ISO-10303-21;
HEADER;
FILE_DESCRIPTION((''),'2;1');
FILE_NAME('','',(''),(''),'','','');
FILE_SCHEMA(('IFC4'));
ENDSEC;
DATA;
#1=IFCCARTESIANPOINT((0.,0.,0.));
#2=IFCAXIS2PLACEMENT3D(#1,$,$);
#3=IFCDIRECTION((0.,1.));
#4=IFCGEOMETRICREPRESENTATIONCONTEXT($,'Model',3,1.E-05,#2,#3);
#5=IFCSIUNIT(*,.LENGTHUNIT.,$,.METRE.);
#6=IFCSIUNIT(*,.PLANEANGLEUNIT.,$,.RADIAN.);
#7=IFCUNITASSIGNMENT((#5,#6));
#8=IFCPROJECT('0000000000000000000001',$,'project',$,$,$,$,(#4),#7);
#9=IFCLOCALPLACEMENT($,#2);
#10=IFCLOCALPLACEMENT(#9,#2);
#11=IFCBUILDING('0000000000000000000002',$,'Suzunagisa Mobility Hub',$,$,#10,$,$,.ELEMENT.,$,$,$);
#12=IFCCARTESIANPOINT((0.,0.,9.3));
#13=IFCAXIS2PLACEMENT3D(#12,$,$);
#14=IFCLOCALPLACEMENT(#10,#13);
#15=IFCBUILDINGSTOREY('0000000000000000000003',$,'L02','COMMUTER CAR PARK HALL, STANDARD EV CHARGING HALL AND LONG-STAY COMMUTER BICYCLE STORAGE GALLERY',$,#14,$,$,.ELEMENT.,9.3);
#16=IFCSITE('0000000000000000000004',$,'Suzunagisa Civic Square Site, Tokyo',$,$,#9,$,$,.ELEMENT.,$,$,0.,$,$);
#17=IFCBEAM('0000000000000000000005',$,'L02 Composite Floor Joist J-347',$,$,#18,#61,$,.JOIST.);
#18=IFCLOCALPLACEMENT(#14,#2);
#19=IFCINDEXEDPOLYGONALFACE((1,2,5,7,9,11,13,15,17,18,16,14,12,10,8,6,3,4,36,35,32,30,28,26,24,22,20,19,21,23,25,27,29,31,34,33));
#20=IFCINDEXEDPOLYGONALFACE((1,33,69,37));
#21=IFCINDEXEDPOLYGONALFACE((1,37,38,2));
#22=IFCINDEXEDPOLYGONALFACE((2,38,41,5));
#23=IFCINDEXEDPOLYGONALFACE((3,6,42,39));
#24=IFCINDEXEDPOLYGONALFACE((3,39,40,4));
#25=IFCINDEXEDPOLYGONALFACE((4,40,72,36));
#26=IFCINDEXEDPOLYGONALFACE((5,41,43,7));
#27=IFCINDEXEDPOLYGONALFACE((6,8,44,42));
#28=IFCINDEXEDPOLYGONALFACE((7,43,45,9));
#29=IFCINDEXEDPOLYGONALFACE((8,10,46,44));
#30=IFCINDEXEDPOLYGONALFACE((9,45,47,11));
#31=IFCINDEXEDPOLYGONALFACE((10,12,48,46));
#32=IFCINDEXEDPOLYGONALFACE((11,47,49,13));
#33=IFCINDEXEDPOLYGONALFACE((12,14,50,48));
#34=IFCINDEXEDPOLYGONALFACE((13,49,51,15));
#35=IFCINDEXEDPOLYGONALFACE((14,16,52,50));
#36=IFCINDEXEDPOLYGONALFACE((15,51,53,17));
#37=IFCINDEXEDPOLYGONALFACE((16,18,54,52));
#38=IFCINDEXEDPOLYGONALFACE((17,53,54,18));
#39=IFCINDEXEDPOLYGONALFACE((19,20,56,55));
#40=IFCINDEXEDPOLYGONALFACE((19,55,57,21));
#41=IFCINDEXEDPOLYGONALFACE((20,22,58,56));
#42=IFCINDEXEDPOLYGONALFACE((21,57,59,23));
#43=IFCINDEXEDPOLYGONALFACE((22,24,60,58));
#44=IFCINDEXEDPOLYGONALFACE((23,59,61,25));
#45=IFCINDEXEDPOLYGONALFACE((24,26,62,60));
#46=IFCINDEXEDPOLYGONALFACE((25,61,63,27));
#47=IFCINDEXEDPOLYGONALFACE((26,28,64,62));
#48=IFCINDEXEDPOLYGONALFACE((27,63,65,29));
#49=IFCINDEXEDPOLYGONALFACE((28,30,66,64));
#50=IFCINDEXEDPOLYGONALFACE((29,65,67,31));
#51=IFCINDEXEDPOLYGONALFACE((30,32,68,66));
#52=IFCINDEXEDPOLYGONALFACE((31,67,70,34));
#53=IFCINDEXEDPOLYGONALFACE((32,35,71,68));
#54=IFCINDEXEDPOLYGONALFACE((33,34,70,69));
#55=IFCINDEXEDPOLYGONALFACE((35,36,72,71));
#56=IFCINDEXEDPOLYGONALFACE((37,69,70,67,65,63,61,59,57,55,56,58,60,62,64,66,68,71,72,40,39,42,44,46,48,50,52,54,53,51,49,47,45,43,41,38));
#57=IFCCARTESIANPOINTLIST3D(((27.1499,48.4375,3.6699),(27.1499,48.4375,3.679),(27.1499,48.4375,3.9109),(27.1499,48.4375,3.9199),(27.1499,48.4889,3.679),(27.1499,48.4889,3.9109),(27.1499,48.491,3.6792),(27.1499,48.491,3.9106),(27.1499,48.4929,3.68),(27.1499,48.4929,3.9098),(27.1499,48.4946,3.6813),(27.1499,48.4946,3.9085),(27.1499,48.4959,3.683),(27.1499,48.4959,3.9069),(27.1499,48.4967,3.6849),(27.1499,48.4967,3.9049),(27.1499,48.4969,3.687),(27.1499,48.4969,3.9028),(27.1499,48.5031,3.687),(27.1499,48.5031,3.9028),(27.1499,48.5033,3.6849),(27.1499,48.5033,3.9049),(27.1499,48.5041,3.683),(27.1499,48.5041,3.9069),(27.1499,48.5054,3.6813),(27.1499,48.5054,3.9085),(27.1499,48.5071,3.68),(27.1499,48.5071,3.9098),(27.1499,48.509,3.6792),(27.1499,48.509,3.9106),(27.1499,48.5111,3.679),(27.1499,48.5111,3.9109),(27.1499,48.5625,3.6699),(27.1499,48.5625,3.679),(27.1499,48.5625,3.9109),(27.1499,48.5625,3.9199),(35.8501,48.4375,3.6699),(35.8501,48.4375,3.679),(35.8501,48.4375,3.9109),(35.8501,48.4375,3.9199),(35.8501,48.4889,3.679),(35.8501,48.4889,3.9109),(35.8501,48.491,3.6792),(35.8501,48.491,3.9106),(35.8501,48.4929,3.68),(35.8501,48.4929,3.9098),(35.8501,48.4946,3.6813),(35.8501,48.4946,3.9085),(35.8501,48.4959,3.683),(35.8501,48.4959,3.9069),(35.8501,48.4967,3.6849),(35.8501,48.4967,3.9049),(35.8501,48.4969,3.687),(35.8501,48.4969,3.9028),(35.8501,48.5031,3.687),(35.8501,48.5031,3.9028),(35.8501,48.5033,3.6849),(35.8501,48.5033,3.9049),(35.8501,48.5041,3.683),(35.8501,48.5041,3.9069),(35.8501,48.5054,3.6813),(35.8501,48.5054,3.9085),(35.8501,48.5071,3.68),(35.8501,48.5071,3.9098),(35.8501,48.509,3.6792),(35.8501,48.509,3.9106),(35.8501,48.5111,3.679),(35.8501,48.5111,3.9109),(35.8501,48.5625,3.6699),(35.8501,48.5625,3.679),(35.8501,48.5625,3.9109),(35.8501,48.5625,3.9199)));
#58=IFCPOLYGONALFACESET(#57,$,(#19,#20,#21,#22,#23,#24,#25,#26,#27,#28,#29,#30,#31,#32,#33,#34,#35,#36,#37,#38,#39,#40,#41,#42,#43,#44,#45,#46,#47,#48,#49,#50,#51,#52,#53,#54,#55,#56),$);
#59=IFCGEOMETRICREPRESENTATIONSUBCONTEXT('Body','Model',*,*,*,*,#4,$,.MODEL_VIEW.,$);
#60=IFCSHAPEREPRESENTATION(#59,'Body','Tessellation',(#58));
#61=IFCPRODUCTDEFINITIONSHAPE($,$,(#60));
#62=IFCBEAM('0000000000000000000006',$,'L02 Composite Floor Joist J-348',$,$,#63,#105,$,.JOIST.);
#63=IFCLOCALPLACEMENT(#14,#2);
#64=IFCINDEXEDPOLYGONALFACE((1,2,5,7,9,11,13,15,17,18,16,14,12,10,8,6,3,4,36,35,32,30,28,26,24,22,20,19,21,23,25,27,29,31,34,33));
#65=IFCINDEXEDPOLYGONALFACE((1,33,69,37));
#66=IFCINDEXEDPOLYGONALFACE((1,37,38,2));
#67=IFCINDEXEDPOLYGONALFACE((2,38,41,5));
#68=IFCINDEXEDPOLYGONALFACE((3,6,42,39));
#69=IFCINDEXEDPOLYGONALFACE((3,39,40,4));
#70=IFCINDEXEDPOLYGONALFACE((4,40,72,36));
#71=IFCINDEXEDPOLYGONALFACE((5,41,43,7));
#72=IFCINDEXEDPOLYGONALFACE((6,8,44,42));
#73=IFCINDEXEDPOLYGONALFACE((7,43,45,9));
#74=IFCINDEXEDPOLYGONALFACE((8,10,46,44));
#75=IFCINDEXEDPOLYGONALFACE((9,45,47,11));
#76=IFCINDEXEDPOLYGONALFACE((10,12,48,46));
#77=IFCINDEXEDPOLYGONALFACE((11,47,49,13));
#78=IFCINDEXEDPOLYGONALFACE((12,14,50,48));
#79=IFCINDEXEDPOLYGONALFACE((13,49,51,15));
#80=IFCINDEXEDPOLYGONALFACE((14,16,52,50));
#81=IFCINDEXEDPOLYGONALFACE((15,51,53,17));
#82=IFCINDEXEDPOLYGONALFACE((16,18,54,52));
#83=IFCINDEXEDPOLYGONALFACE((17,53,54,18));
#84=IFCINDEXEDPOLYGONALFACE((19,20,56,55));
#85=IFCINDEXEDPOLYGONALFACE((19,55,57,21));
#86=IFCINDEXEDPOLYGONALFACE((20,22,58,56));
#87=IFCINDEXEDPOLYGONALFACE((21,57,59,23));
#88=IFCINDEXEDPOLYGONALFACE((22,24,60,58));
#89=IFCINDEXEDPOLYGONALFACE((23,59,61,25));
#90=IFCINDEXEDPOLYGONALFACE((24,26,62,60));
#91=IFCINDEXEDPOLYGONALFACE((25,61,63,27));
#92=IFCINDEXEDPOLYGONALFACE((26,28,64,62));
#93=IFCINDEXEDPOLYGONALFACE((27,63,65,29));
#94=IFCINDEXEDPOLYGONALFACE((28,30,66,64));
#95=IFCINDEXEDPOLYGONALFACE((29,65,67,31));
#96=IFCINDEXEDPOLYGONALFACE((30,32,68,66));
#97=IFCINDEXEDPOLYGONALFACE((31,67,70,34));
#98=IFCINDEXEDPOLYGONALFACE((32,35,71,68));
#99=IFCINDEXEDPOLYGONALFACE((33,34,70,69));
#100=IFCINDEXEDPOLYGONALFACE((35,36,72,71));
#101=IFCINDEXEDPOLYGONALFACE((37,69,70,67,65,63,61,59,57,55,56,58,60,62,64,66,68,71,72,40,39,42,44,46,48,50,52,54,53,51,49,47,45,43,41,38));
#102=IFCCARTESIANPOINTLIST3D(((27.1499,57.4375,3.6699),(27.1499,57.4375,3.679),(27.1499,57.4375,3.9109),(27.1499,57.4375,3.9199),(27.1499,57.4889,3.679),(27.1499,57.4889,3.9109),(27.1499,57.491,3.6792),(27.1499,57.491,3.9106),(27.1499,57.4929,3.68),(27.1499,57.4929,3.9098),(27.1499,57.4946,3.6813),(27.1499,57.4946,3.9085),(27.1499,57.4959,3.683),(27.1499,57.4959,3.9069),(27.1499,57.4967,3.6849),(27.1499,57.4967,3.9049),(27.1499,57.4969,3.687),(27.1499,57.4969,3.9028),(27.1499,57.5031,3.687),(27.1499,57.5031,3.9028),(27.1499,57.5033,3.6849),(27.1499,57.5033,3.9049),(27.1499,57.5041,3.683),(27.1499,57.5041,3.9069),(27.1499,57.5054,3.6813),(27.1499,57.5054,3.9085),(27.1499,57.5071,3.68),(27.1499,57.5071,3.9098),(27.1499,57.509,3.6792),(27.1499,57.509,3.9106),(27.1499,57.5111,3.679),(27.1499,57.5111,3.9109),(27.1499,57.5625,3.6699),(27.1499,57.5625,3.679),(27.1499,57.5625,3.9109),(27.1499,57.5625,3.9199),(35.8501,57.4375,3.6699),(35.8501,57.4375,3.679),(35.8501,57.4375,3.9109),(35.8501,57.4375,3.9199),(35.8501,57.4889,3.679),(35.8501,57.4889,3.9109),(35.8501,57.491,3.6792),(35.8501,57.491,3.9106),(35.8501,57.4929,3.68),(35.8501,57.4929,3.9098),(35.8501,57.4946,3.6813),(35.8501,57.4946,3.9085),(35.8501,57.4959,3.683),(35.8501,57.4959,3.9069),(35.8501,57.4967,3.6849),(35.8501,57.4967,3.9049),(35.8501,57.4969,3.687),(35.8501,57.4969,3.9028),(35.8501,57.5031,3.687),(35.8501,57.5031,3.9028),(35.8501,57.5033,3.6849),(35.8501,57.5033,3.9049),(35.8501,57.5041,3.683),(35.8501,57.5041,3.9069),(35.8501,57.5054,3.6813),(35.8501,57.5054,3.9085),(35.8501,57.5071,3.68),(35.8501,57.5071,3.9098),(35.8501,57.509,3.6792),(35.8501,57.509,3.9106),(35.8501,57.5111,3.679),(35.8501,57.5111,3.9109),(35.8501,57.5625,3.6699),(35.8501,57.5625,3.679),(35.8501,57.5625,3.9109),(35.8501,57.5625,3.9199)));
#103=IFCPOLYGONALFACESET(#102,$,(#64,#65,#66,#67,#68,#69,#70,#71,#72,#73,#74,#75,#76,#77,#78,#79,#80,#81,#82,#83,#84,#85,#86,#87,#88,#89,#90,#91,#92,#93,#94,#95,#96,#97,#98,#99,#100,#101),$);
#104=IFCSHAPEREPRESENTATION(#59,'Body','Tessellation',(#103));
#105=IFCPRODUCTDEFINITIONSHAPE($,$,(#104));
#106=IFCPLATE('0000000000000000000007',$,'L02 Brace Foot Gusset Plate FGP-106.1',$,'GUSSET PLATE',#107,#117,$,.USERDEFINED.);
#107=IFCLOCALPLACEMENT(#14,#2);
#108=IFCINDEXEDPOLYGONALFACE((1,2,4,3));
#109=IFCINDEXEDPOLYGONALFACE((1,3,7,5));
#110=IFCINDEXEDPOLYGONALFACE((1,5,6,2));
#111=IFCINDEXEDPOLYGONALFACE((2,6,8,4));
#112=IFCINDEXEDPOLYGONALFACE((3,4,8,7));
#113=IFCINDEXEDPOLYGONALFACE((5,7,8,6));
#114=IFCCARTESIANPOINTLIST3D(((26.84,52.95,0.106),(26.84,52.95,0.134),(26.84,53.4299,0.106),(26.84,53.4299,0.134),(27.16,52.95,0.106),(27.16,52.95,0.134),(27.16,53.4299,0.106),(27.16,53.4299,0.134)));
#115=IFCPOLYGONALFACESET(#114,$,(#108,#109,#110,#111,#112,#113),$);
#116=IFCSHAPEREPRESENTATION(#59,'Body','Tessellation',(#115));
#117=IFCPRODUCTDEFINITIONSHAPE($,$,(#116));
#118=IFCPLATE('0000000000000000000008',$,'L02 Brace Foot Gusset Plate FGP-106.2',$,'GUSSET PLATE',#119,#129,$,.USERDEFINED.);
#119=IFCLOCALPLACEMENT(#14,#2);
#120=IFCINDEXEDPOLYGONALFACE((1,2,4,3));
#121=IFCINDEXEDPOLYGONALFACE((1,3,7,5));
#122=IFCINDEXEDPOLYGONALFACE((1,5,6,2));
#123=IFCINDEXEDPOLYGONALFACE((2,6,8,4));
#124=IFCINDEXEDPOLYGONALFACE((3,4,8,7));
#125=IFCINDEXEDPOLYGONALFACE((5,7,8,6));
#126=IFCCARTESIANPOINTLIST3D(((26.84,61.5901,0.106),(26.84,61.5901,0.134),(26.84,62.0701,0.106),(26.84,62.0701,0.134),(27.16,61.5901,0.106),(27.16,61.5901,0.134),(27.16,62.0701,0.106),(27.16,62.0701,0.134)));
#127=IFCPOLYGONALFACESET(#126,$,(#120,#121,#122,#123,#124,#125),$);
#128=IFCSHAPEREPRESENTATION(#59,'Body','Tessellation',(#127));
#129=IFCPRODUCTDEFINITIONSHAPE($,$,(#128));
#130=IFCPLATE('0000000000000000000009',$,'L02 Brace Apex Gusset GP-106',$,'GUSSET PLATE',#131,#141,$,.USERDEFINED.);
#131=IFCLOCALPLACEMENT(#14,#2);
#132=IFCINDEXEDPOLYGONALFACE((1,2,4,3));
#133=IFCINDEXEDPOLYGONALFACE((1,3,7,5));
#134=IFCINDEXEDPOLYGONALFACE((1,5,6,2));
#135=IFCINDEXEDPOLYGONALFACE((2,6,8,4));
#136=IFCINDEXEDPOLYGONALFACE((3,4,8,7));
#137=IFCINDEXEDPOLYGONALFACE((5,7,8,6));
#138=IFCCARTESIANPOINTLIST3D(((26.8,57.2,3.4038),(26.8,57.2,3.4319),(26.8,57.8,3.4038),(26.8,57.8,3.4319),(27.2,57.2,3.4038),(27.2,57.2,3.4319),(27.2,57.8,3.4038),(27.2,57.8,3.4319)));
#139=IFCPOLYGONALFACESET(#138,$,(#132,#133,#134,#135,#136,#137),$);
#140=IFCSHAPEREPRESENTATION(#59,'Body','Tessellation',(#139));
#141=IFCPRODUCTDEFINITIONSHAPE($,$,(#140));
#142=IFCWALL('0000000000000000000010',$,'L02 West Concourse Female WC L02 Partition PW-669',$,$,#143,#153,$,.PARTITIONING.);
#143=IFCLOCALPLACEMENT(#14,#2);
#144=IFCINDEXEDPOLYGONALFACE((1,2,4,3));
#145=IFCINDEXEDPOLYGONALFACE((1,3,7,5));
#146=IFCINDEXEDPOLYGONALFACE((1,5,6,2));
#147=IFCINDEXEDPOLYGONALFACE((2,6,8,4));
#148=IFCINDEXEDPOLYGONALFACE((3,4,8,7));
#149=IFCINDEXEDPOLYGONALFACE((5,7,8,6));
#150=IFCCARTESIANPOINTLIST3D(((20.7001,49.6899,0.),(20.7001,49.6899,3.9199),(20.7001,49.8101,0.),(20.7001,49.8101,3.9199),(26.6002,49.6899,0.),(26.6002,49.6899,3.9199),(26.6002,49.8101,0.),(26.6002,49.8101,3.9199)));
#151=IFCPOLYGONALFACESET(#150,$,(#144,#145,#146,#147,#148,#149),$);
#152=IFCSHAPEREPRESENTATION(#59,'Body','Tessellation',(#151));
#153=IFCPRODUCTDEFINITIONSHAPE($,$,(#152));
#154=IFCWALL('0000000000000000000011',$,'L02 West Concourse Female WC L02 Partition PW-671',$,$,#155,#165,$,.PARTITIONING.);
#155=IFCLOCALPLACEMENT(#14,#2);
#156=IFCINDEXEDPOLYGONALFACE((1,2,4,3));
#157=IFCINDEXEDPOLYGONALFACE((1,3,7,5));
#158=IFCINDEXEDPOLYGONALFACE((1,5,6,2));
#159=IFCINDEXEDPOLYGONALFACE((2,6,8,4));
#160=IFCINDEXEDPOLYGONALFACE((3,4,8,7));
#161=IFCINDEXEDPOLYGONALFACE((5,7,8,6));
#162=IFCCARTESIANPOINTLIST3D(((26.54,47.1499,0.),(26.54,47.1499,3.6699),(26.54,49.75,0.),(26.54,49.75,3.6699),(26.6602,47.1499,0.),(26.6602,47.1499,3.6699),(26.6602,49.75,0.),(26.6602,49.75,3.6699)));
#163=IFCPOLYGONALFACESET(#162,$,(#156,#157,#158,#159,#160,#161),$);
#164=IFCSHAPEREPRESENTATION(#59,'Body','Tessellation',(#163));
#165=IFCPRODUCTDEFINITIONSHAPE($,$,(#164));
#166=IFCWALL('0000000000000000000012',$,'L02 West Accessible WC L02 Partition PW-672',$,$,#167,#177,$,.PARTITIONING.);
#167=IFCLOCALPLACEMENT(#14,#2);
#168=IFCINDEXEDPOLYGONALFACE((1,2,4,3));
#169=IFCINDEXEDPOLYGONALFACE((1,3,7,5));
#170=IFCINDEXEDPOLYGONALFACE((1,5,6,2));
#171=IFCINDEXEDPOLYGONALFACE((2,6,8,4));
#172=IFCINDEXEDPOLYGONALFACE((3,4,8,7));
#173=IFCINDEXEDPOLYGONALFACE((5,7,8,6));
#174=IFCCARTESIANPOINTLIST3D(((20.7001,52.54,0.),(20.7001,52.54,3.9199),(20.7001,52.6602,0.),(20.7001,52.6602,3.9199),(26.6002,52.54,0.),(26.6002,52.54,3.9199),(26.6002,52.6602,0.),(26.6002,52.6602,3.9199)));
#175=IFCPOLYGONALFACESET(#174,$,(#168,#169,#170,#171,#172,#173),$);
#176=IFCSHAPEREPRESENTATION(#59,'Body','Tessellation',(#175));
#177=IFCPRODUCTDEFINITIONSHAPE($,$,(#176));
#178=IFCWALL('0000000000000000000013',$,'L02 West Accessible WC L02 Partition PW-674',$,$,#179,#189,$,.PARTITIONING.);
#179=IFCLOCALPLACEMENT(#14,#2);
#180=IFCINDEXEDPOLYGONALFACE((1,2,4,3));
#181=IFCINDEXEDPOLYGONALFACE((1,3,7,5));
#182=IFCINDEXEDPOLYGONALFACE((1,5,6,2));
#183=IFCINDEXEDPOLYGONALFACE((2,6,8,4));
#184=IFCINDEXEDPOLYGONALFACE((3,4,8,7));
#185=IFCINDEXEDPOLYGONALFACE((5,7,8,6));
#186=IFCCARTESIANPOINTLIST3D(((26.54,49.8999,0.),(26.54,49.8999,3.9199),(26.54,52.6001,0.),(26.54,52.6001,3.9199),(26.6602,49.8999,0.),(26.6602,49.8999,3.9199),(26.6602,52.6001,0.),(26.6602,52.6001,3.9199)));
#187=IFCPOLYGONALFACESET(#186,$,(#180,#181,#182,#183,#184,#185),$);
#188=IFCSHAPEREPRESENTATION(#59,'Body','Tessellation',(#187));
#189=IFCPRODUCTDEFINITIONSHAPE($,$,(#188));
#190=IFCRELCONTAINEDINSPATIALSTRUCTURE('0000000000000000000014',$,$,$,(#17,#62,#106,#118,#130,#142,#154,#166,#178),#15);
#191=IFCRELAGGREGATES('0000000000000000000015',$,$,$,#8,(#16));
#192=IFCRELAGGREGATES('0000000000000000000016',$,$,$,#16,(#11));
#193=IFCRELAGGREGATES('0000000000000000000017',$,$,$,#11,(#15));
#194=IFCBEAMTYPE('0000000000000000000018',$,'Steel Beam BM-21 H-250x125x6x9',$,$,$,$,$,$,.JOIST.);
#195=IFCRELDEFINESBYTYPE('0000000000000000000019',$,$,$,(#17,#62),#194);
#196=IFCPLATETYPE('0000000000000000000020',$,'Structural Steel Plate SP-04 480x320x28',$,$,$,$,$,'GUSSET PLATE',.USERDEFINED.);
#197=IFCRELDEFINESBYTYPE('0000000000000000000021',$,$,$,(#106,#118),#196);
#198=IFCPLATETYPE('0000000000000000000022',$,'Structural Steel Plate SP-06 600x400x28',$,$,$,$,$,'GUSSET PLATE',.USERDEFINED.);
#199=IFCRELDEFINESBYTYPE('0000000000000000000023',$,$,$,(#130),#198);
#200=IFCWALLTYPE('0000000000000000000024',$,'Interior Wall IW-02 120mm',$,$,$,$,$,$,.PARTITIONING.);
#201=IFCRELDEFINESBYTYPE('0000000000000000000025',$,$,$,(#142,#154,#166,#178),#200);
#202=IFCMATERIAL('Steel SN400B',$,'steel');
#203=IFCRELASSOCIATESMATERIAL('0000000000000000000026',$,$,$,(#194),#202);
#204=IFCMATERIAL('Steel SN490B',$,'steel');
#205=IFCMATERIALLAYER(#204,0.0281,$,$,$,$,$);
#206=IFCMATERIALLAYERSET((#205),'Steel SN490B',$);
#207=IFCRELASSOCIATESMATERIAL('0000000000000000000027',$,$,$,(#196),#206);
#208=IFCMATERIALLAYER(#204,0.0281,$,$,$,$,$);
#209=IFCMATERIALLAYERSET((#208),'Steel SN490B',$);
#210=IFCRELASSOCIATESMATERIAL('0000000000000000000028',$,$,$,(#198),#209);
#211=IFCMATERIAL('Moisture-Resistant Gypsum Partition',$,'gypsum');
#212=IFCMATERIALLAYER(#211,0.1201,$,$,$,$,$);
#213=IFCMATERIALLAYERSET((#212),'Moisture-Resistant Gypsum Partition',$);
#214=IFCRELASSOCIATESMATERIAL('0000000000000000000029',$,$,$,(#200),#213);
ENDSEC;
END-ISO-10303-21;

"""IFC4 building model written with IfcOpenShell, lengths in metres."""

from ifc_helpers import new_model, si_unit, direction, frame, frame_2d, origin, origin_2d, place, context, subcontext, project, spatial, rectangle, i_section, extrude, material, layer, layer_set, material_profile, profile_set, type_object, element, save


model = new_model("IFC4")

# Units and contexts
model_context = context("Model", 3, precision=1e-05, world=origin(), true_north=direction((0.0, 1.0)))
body_context = subcontext(model_context, "Body", "Model", "MODEL_VIEW")
ifc_project = project(units=[si_unit("LENGTHUNIT", "METRE"), si_unit("PLANEANGLEUNIT", "RADIAN")], contexts=[model_context])

# Site, building, storey
site_placement = place(None, origin())
site = spatial("IfcSite", under=ifc_project, at=site_placement, Name="Suzunagisa Civic Square Site, Tokyo", CompositionType="ELEMENT", RefElevation=0.0)
building_placement = place(site_placement, origin())
building = spatial("IfcBuilding", under=site, at=building_placement, Name="Suzunagisa Mobility Hub", CompositionType="ELEMENT")
storey_placement = place(building_placement, frame((0.0, 0.0, 9.3)))
storey = spatial("IfcBuildingStorey", under=building, at=storey_placement, Name="L02", Description="COMMUTER CAR PARK HALL, STANDARD EV CHARGING HALL AND LONG-STAY COMMUTER BICYCLE STORAGE GALLERY", CompositionType="ELEMENT", Elevation=9.3)

# Shared definitions
ifc_material_1 = material(Name="Steel SN490B", Category="steel")

# Beams
ifc_material_2 = material(Name="Steel SN400B", Category="steel")
ifc_material_profile_1 = material_profile(ifc_material_2, i_section(OverallWidth=0.125, OverallDepth=0.25, WebThickness=0.0061, FlangeThickness=0.009, FilletRadius=0.0081, at=origin_2d()), Name="H-250x125x6x9")
ifc_profile_set_1 = profile_set([ifc_material_profile_1], Name="Steel SN400B")
beam_type_1 = type_object("IfcBeamType", Name="Steel Beam BM-21 H-250x125x6x9", PredefinedType="JOIST", material=ifc_profile_set_1)
for number, where, z_axis, x_axis, name in (
    (1, (27.1499, 48.5, 3.7949), (1.0, 0.0, 0.0), (0.0, 1.0, 0.0), "L02 Composite Floor Joist J-347"),
    (2, (27.1499, 57.5, 3.7949), (1.0, 0.0, 0.0), (0.0, 1.0, 0.0), "L02 Composite Floor Joist J-348"),
):
    element("IfcBeam", number, at=place(storey_placement, frame(where, z_axis=z_axis, x_axis=x_axis)), inside=storey, type_object=beam_type_1, Name=name, PredefinedType="JOIST", context=body_context, shape_type="SweptSolid", body=[
        extrude(i_section(OverallWidth=0.125, OverallDepth=0.25, WebThickness=0.0061, FlangeThickness=0.009, FilletRadius=0.0081, at=origin_2d()), origin(), (0.0, 0.0, 1.0), 8.7002),
    ])

# Plates
ifc_layer_1 = layer(ifc_material_1, 0.0281)
ifc_layer_set_1 = layer_set([ifc_layer_1], Name="Steel SN490B")
plate_type_1 = type_object("IfcPlateType", Name="Structural Steel Plate SP-04 480x320x28", ElementType="GUSSET PLATE", PredefinedType="USERDEFINED", material=ifc_layer_set_1)
for number, where, z_axis, x_axis, name in (
    (3, (27.0, 53.1899, 0.106), (0.0, 0.0, 1.0), (1.0, 0.0, 0.0), "L02 Brace Foot Gusset Plate FGP-106.1"),
    (4, (27.0, 61.8301, 0.106), (0.0, 0.0, 1.0), (1.0, 0.0, 0.0), "L02 Brace Foot Gusset Plate FGP-106.2"),
):
    element("IfcPlate", number, at=place(storey_placement, frame(where, z_axis=z_axis, x_axis=x_axis)), inside=storey, type_object=plate_type_1, Name=name, ObjectType="GUSSET PLATE", PredefinedType="USERDEFINED", context=body_context, shape_type="SweptSolid", body=[
        extrude(rectangle(XDim=0.3201, YDim=0.48, at=origin_2d()), origin(), (0.0, 0.0, 1.0), 0.0281),
    ])
ifc_layer_2 = layer(ifc_material_1, 0.0281)
ifc_layer_set_2 = layer_set([ifc_layer_2], Name="Steel SN490B")
plate_type_2 = type_object("IfcPlateType", Name="Structural Steel Plate SP-06 600x400x28", ElementType="GUSSET PLATE", PredefinedType="USERDEFINED", material=ifc_layer_set_2)
plate_placement = place(storey_placement, frame((27.0, 57.5, 3.4038), z_axis=(0.0, 0.0, 1.0), x_axis=(1.0, 0.0, 0.0)))
element("IfcPlate", 5, at=plate_placement, inside=storey, type_object=plate_type_2, Name="L02 Brace Apex Gusset GP-106", ObjectType="GUSSET PLATE", PredefinedType="USERDEFINED", context=body_context, shape_type="SweptSolid", body=[
    extrude(rectangle(XDim=0.3999, YDim=0.6001, at=origin_2d()), origin(), (0.0, 0.0, 1.0), 0.0281),
])

# Wall
ifc_material_3 = material(Name="Moisture-Resistant Gypsum Partition", Category="gypsum")
ifc_layer_3 = layer(ifc_material_3, 0.1201)
ifc_layer_set_3 = layer_set([ifc_layer_3], Name="Moisture-Resistant Gypsum Partition")
wall_type = type_object("IfcWallType", Name="Interior Wall IW-02 120mm", PredefinedType="PARTITIONING", material=ifc_layer_set_3)
wall_1_placement = place(storey_placement, frame((20.7, 49.75, 0.0), z_axis=(0.0, 0.0, 1.0), x_axis=(1.0, 0.0, 0.0)))
element("IfcWall", 6, at=wall_1_placement, inside=storey, type_object=wall_type, Name="L02 West Concourse Female WC L02 Partition PW-669", PredefinedType="PARTITIONING", context=body_context, shape_type="SweptSolid", body=[
    extrude(rectangle(XDim=5.9001, YDim=0.1201, at=frame_2d((2.9502, 0.0))), origin(), (0.0, 0.0, 1.0), 3.9199),
])

# Walls
wall_2_placement = place(storey_placement, frame((26.6001, 47.1499, 0.0), z_axis=(0.0, 0.0, 1.0), x_axis=(0.0, 1.0, 0.0)))
element("IfcWall", 7, at=wall_2_placement, inside=storey, type_object=wall_type, Name="L02 West Concourse Female WC L02 Partition PW-671", PredefinedType="PARTITIONING", context=body_context, shape_type="SweptSolid", body=[
    extrude(rectangle(XDim=2.6001, YDim=0.1201, at=frame_2d((1.3, 0.0))), origin(), (0.0, 0.0, 1.0), 3.6699),
])
wall_3_placement = place(storey_placement, frame((20.7, 52.6001, 0.0), z_axis=(0.0, 0.0, 1.0), x_axis=(1.0, 0.0, 0.0)))
element("IfcWall", 8, at=wall_3_placement, inside=storey, type_object=wall_type, Name="L02 West Accessible WC L02 Partition PW-672", PredefinedType="PARTITIONING", context=body_context, shape_type="SweptSolid", body=[
    extrude(rectangle(XDim=5.9001, YDim=0.1201, at=frame_2d((2.9502, 0.0))), origin(), (0.0, 0.0, 1.0), 3.9199),
])

# Wall
wall_4_placement = place(storey_placement, frame((26.6001, 49.8999, 0.0), z_axis=(0.0, 0.0, 1.0), x_axis=(0.0, 1.0, 0.0)))
element("IfcWall", 9, at=wall_4_placement, inside=storey, type_object=wall_type, Name="L02 West Accessible WC L02 Partition PW-674", PredefinedType="PARTITIONING", context=body_context, shape_type="SweptSolid", body=[
    extrude(rectangle(XDim=2.7002, YDim=0.1201, at=frame_2d((1.3501, 0.0))), origin(), (0.0, 0.0, 1.0), 3.9199),
])

save(model, "model.ifc")
